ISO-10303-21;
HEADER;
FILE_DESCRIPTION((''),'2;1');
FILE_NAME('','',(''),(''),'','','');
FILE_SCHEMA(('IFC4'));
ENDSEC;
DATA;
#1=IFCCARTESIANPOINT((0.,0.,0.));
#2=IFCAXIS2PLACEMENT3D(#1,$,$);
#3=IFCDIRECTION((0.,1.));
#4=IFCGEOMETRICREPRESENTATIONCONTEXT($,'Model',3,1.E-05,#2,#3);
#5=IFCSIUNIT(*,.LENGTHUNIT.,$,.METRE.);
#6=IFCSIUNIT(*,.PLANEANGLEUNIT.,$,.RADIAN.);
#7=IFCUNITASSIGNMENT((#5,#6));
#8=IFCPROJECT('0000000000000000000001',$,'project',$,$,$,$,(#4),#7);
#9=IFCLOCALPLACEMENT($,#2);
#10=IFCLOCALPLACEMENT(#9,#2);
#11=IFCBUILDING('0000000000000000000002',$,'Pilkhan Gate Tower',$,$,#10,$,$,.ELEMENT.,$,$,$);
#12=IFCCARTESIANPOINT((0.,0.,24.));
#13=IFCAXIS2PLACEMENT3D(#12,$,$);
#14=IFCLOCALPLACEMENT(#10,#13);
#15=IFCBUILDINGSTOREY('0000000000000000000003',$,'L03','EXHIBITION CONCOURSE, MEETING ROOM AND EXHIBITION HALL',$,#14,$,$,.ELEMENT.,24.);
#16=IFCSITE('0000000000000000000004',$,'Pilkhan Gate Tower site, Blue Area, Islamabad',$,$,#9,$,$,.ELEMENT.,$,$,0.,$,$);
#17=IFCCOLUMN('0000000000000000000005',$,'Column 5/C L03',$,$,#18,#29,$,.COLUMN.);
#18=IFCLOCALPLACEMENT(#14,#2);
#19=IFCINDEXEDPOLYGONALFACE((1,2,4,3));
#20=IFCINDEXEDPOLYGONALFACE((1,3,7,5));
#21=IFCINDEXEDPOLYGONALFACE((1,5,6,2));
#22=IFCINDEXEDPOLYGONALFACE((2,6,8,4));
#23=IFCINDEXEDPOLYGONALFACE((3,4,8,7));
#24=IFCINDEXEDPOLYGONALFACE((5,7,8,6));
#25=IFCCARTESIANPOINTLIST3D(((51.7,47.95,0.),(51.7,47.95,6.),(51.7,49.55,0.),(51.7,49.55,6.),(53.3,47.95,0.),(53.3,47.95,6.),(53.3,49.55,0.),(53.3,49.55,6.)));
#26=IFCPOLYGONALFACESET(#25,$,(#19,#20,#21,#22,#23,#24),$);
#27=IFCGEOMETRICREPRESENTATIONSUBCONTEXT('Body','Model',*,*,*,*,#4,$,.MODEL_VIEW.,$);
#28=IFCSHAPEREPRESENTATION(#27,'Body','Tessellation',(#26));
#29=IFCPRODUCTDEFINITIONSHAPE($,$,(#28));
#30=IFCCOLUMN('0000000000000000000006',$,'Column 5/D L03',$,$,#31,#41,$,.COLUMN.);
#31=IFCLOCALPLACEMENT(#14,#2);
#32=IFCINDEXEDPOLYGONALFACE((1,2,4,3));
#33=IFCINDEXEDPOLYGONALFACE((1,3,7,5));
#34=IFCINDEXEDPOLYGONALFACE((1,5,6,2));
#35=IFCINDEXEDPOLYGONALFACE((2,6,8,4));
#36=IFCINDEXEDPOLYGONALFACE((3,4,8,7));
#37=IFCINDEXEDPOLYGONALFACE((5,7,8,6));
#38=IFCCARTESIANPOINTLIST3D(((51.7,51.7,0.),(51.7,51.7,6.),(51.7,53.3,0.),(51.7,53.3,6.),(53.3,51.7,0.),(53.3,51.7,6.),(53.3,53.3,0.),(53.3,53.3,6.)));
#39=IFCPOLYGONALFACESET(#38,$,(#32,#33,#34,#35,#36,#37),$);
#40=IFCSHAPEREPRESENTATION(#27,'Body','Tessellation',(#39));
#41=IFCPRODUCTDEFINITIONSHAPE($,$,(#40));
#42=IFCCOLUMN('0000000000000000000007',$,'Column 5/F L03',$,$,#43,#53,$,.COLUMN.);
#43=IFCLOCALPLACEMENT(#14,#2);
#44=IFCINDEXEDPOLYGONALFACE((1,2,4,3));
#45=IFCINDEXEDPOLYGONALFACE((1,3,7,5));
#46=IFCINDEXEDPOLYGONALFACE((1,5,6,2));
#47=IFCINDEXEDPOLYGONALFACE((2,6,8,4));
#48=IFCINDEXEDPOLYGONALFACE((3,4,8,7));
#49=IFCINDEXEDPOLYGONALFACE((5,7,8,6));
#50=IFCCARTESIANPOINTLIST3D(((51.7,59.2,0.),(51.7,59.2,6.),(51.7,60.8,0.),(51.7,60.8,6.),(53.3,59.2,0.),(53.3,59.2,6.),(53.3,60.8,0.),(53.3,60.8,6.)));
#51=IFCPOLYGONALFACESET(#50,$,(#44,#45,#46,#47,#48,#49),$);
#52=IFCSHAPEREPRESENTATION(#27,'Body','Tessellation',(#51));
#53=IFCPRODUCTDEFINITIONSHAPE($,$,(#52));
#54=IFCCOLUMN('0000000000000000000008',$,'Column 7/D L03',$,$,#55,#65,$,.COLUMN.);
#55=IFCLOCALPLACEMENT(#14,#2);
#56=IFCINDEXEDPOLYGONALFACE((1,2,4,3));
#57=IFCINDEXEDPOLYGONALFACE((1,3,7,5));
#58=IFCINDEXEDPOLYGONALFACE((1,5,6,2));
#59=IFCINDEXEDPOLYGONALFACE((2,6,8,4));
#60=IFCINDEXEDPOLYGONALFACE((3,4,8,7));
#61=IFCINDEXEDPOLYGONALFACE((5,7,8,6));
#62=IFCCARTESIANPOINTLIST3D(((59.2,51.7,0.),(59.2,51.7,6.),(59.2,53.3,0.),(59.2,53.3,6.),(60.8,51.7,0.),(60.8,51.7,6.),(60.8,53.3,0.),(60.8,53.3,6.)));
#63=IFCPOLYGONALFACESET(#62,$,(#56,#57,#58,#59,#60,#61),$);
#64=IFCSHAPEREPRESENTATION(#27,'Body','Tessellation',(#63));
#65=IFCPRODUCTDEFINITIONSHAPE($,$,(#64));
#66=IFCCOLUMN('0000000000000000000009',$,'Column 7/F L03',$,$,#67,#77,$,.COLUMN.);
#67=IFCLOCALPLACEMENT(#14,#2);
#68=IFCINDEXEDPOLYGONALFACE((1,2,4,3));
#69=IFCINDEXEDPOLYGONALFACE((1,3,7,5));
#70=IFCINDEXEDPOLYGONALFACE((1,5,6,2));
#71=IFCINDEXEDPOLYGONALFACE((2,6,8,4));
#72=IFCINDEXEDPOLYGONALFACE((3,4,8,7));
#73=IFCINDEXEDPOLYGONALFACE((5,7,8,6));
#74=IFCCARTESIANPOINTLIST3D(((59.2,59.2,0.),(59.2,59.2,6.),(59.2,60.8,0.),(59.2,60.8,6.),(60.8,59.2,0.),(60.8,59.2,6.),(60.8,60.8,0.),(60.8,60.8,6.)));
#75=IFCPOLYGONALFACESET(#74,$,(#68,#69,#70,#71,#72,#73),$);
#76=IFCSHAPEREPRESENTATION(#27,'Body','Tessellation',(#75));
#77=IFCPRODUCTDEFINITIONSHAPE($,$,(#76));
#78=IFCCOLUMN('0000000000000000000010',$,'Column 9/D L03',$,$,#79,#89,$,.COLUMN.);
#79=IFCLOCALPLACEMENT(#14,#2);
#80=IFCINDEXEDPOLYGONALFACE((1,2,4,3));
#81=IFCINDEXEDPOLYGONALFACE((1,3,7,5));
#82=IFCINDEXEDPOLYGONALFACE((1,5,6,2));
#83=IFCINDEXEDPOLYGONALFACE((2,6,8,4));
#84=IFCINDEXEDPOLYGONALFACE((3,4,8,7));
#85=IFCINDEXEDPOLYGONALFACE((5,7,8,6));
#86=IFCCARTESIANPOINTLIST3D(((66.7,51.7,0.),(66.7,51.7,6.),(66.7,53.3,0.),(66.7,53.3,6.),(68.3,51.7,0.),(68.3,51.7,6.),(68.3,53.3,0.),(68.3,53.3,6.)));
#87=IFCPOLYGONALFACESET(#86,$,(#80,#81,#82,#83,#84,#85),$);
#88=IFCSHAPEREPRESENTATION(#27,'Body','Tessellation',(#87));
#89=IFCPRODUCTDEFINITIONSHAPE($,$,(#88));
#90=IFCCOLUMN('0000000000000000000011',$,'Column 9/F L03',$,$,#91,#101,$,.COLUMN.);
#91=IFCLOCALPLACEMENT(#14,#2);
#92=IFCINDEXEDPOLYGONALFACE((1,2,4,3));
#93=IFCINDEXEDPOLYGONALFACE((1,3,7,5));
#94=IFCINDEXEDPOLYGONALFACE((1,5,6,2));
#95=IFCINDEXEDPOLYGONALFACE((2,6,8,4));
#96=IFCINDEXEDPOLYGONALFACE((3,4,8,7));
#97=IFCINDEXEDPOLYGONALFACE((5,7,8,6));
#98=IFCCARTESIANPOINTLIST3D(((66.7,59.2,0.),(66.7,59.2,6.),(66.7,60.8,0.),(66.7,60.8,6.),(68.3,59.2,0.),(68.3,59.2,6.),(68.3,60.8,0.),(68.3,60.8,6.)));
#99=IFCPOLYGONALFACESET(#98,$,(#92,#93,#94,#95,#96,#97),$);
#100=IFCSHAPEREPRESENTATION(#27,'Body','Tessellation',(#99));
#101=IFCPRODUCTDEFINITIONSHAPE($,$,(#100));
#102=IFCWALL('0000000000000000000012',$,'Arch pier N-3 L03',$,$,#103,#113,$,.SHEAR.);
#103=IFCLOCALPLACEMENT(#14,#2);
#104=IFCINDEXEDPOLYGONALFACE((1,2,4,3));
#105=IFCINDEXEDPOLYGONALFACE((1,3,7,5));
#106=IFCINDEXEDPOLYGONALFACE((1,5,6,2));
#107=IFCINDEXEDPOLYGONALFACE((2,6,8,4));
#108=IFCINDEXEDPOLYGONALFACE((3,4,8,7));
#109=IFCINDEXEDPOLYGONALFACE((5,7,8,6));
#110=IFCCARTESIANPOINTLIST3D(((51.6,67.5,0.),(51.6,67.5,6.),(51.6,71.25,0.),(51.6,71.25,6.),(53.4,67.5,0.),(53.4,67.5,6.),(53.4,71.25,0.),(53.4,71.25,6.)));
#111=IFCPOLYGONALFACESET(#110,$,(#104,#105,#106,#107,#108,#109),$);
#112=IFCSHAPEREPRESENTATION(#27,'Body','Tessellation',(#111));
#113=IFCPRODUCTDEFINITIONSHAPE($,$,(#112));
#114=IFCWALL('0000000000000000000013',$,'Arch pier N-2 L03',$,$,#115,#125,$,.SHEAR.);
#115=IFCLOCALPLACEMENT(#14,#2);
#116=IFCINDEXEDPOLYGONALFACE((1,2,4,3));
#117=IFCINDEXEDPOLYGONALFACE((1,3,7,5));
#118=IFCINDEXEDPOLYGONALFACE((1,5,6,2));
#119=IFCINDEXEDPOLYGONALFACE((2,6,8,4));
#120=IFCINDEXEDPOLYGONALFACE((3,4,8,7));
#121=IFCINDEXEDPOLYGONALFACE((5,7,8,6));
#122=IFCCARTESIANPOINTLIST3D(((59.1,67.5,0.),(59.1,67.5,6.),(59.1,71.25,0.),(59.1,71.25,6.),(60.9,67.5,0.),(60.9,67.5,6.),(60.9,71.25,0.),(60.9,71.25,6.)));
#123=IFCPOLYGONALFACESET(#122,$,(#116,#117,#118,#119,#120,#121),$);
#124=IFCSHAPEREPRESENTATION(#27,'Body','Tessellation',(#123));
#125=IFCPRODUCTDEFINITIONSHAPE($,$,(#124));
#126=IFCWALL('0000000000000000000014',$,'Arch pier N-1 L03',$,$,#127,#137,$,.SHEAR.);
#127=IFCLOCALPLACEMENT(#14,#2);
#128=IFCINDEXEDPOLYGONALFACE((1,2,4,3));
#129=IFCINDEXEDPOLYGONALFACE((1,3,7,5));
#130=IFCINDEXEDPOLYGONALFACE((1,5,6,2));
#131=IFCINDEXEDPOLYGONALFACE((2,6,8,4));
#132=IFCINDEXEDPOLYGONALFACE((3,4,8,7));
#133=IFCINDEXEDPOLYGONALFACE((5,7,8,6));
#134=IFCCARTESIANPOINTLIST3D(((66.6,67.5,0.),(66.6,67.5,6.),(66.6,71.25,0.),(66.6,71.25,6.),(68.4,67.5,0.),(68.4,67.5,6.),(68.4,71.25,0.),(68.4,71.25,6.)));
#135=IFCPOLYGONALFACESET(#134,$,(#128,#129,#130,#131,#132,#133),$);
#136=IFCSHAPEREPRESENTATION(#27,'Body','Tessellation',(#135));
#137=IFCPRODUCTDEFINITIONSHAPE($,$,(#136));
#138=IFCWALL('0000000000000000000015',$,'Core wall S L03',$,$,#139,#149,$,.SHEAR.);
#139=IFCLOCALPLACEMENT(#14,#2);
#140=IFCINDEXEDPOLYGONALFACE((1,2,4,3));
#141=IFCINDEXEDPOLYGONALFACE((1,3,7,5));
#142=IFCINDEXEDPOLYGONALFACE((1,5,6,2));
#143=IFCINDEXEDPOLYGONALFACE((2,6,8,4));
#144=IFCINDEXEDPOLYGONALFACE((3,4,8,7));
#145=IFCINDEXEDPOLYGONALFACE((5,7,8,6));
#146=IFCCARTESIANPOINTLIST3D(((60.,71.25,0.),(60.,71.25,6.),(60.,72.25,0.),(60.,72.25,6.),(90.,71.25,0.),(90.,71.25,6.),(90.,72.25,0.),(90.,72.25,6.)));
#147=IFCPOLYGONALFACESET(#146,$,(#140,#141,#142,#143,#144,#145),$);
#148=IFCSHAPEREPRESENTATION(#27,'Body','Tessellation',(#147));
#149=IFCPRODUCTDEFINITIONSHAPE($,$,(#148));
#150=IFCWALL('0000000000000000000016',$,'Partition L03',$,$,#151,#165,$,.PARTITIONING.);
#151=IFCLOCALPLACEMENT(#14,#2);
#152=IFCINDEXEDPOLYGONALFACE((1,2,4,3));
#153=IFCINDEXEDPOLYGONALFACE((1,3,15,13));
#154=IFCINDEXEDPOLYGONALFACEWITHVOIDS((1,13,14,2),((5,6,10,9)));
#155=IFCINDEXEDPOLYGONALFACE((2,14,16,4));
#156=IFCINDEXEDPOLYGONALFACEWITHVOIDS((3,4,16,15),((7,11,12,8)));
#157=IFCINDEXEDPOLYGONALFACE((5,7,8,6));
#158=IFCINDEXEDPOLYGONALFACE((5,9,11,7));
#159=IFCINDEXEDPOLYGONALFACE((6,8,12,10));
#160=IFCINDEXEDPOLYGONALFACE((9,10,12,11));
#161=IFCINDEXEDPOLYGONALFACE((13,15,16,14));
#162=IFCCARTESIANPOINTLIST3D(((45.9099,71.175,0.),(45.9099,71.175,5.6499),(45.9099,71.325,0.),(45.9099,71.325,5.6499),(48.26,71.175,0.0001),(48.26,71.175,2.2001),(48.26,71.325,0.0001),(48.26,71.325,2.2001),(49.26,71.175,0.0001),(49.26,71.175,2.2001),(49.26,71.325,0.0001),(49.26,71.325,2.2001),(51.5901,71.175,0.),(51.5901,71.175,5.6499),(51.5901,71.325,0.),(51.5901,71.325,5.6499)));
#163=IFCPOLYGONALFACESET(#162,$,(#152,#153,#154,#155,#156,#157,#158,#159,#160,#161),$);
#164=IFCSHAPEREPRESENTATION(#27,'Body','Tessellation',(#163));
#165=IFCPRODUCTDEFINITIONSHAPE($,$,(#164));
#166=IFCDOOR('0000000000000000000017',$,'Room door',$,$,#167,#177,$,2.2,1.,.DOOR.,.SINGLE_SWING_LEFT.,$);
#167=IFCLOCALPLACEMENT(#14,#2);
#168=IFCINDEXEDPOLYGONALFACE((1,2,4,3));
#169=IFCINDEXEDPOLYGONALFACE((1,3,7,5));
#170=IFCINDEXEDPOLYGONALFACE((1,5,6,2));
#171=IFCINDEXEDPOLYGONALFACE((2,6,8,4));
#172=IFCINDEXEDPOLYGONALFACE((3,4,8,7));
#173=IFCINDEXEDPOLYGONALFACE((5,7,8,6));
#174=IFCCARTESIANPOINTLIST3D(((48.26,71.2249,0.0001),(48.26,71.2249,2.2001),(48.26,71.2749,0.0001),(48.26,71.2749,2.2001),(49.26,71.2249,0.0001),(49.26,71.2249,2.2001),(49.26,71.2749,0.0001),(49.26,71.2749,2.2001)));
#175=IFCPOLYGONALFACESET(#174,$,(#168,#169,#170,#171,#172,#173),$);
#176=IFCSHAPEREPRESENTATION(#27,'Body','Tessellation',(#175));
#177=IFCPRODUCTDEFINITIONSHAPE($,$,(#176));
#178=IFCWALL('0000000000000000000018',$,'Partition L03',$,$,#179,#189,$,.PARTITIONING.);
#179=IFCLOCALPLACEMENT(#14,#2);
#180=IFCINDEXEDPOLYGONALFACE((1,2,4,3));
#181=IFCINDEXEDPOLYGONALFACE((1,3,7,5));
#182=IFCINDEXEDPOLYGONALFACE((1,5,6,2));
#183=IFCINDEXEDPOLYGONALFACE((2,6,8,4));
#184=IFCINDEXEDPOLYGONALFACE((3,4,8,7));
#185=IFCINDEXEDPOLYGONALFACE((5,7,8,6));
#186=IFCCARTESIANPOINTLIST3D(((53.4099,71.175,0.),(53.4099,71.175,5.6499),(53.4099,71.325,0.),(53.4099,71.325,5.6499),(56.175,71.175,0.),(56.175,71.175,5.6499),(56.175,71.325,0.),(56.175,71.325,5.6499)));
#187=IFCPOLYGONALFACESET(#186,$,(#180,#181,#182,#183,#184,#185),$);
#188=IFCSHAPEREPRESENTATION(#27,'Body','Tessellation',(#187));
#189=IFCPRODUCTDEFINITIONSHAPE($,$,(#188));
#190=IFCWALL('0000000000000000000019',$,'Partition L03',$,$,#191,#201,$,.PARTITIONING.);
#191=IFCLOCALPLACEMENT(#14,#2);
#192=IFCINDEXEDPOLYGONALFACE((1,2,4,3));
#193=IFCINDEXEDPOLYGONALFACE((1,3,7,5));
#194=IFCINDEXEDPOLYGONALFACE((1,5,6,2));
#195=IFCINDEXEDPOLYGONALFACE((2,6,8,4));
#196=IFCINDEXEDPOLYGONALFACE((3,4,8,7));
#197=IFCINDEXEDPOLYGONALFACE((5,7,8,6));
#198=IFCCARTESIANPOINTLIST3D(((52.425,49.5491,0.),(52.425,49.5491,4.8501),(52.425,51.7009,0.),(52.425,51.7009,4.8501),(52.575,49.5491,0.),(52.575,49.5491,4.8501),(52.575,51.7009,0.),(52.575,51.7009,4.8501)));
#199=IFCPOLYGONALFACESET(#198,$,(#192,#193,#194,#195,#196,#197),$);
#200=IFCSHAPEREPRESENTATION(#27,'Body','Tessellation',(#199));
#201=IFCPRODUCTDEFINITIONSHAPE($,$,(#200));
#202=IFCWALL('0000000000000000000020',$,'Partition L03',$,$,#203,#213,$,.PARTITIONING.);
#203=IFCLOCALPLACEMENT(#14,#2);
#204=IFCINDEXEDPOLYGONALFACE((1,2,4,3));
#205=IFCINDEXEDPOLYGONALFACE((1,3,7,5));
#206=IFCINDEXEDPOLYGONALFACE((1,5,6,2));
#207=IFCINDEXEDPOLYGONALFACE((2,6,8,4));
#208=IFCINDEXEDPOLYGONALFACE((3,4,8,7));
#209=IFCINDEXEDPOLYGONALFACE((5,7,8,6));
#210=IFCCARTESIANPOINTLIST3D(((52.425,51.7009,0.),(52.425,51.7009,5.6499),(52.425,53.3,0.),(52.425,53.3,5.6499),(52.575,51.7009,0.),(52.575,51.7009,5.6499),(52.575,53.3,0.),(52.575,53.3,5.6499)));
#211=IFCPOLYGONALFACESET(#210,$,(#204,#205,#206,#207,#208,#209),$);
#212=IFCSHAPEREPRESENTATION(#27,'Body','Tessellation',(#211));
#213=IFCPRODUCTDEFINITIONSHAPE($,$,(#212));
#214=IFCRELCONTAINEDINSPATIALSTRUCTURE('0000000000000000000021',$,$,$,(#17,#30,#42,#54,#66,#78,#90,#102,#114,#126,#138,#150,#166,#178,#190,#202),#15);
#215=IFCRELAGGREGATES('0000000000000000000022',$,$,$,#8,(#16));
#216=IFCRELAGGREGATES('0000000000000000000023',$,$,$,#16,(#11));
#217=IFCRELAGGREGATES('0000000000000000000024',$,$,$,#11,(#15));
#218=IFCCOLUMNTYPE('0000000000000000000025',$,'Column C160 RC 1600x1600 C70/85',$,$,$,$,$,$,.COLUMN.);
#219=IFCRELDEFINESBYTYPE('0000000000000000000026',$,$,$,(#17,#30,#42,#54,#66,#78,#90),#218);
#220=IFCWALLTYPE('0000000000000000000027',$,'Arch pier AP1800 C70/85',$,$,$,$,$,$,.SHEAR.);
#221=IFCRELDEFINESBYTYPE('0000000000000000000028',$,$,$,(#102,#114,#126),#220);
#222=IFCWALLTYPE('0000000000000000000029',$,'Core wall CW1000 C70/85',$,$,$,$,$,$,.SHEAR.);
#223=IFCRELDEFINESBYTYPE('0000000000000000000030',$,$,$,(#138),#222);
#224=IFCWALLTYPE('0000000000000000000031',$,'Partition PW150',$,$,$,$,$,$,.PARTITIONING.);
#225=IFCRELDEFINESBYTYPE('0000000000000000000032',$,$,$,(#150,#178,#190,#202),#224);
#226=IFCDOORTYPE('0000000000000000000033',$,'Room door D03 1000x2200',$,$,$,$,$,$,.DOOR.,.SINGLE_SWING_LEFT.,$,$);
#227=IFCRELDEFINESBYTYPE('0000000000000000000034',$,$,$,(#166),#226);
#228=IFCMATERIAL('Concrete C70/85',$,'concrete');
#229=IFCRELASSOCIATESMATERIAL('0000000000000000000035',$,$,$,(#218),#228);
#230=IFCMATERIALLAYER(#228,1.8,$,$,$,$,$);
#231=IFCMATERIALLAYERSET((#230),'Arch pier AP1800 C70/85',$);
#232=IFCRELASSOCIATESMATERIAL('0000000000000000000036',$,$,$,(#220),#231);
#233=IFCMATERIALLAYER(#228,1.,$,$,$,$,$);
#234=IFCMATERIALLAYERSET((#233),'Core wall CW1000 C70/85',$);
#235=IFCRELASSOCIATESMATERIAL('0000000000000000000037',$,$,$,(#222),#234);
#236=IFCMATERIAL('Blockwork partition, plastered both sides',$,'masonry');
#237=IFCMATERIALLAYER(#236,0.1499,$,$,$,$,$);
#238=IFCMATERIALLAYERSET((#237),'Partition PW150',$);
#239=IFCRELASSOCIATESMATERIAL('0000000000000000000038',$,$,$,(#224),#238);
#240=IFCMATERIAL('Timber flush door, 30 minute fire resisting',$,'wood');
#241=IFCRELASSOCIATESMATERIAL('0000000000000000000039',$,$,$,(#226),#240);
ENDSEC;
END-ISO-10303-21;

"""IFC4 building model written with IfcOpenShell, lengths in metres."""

from ifc_helpers import new_model, si_unit, direction, frame, frame_2d, origin, origin_2d, place, context, subcontext, project, spatial, rectangle, extrude, material, layer, layer_set, material_profile, profile_set, type_object, element, fill, save


model = new_model("IFC4")

# Units and contexts
model_context = context("Model", 3, precision=1e-05, world=origin(), true_north=direction((0.0, 1.0)))
body_context = subcontext(model_context, "Body", "Model", "MODEL_VIEW")
ifc_project = project(units=[si_unit("LENGTHUNIT", "METRE"), si_unit("PLANEANGLEUNIT", "RADIAN")], contexts=[model_context])

# Site, building, storey
site_placement = place(None, origin())
site = spatial("IfcSite", under=ifc_project, at=site_placement, Name="Pilkhan Gate Tower site, Blue Area, Islamabad", CompositionType="ELEMENT", RefElevation=0.0)
building_placement = place(site_placement, origin())
building = spatial("IfcBuilding", under=site, at=building_placement, Name="Pilkhan Gate Tower", CompositionType="ELEMENT")
storey_placement = place(building_placement, frame((0.0, 0.0, 24.0)))
storey = spatial("IfcBuildingStorey", under=building, at=storey_placement, Name="L03", Description="EXHIBITION CONCOURSE, MEETING ROOM AND EXHIBITION HALL", CompositionType="ELEMENT", Elevation=24.0)

# Columns
ifc_material_1 = material(Name="Concrete C70/85", Category="concrete")
ifc_material_profile = material_profile(ifc_material_1, rectangle(XDim=1.6001, YDim=1.6001, at=origin_2d()), Name="RC 1600x1600")
ifc_profile_set = profile_set([ifc_material_profile], Name="Concrete C70/85")
column_type = type_object("IfcColumnType", Name="Column C160 RC 1600x1600 C70/85", PredefinedType="COLUMN", material=ifc_profile_set)
for number, where, z_axis, x_axis, name in (
    (1, (52.5, 48.75, 0.0), (0.0, 0.0, 1.0), (1.0, 0.0, 0.0), "Column 5/C L03"),
    (2, (52.5, 52.5, 0.0), (0.0, 0.0, 1.0), (1.0, 0.0, 0.0), "Column 5/D L03"),
    (3, (52.5, 60.0, 0.0), (0.0, 0.0, 1.0), (1.0, 0.0, 0.0), "Column 5/F L03"),
    (4, (60.0, 52.5, 0.0), (0.0, 0.0, 1.0), (1.0, 0.0, 0.0), "Column 7/D L03"),
    (5, (60.0, 60.0, 0.0), (0.0, 0.0, 1.0), (1.0, 0.0, 0.0), "Column 7/F L03"),
    (6, (67.5, 52.5, 0.0), (0.0, 0.0, 1.0), (1.0, 0.0, 0.0), "Column 9/D L03"),
    (7, (67.5, 60.0, 0.0), (0.0, 0.0, 1.0), (1.0, 0.0, 0.0), "Column 9/F L03"),
):
    element("IfcColumn", number, at=place(storey_placement, frame(where, z_axis=z_axis, x_axis=x_axis)), inside=storey, type_object=column_type, Name=name, PredefinedType="COLUMN", context=body_context, shape_type="SweptSolid", body=[
        extrude(rectangle(XDim=1.6001, YDim=1.6001, at=origin_2d()), origin(), (0.0, 0.0, 1.0), 6.0),
    ])

# Walls
ifc_layer_1 = layer(ifc_material_1, 1.8)
ifc_layer_set_1 = layer_set([ifc_layer_1], Name="Arch pier AP1800 C70/85")
wall_type_1 = type_object("IfcWallType", Name="Arch pier AP1800 C70/85", PredefinedType="SHEAR", material=ifc_layer_set_1)
for number, where, z_axis, x_axis, name in (
    (8, (52.5, 67.5, 0.0), (0.0, 0.0, 1.0), (0.0, 1.0, 0.0), "Arch pier N-3 L03"),
    (9, (60.0, 67.5, 0.0), (0.0, 0.0, 1.0), (0.0, 1.0, 0.0), "Arch pier N-2 L03"),
    (10, (67.5, 67.5, 0.0), (0.0, 0.0, 1.0), (0.0, 1.0, 0.0), "Arch pier N-1 L03"),
):
    element("IfcWall", number, at=place(storey_placement, frame(where, z_axis=z_axis, x_axis=x_axis)), inside=storey, type_object=wall_type_1, Name=name, PredefinedType="SHEAR", context=body_context, shape_type="SweptSolid", body=[
        extrude(rectangle(XDim=3.75, YDim=1.8, at=frame_2d((1.875, 0.0))), origin(), (0.0, 0.0, 1.0), 6.0),
    ])
ifc_layer_2 = layer(ifc_material_1, 1.0)
ifc_layer_set_2 = layer_set([ifc_layer_2], Name="Core wall CW1000 C70/85")
wall_type_2 = type_object("IfcWallType", Name="Core wall CW1000 C70/85", PredefinedType="SHEAR", material=ifc_layer_set_2)
wall_1_placement = place(storey_placement, frame((60.0, 71.75, 0.0), z_axis=(0.0, 0.0, 1.0), x_axis=(1.0, 0.0, 0.0)))
element("IfcWall", 11, at=wall_1_placement, inside=storey, type_object=wall_type_2, Name="Core wall S L03", PredefinedType="SHEAR", context=body_context, shape_type="SweptSolid", body=[
    extrude(rectangle(XDim=30.0, YDim=1.0, at=frame_2d((15.0, 0.0))), origin(), (0.0, 0.0, 1.0), 6.0),
])

# Wall, opening, door
ifc_material_2 = material(Name="Blockwork partition, plastered both sides", Category="masonry")
ifc_layer_3 = layer(ifc_material_2, 0.1499)
ifc_layer_set_3 = layer_set([ifc_layer_3], Name="Partition PW150")
wall_type_3 = type_object("IfcWallType", Name="Partition PW150", PredefinedType="PARTITIONING", material=ifc_layer_set_3)
wall_2_placement = place(storey_placement, frame((45.9099, 71.25, 0.0), z_axis=(0.0, 0.0, 1.0), x_axis=(1.0, 0.0, 0.0)))
wall_2 = element("IfcWall", 12, at=wall_2_placement, inside=storey, type_object=wall_type_3, Name="Partition L03", PredefinedType="PARTITIONING", context=body_context, shape_type="SweptSolid", body=[
    extrude(rectangle(XDim=5.6802, YDim=0.1499, at=frame_2d((2.8401, 0.0))), origin(), (0.0, 0.0, 1.0), 5.6499),
])
opening_placement = place(wall_2_placement, frame((2.3501, 0.0, 0.0)))
opening = element("IfcOpeningElement", 13, at=opening_placement, cuts=wall_2, PredefinedType="OPENING", context=body_context, shape_type="SweptSolid", body=[
    extrude(rectangle(XDim=1.0, YDim=2.2, at=frame_2d((0.5, 1.1001))), frame((0.0, 0.085, 0.0), z_axis=(0.0, -1.0, 0.0), x_axis=(1.0, 0.0, 0.0)), (0.0, 0.0, 1.0), 0.1699),
])
ifc_material_3 = material(Name="Timber flush door, 30 minute fire resisting", Category="wood")
door_type = type_object("IfcDoorType", Name="Room door D03 1000x2200", OperationType="SINGLE_SWING_LEFT", PredefinedType="DOOR", material=ifc_material_3)
door_placement = place(opening_placement, origin())
door = element("IfcDoor", 14, at=door_placement, inside=storey, type_object=door_type, Name="Room door", OperationType="SINGLE_SWING_LEFT", OverallHeight=2.2, OverallWidth=1.0, PredefinedType="DOOR", context=body_context, shape_type="SweptSolid", body=[
    extrude(rectangle(XDim=1.0, YDim=2.2, at=frame_2d((0.5, 1.1001))), frame((0.0, 0.0249, 0.0), z_axis=(0.0, -1.0, 0.0), x_axis=(1.0, 0.0, 0.0)), (0.0, 0.0, 1.0), 0.05),
])
fill(opening, door)

# Walls
wall_3_placement = place(storey_placement, frame((53.4099, 71.25, 0.0), z_axis=(0.0, 0.0, 1.0), x_axis=(1.0, 0.0, 0.0)))
element("IfcWall", 15, at=wall_3_placement, inside=storey, type_object=wall_type_3, Name="Partition L03", PredefinedType="PARTITIONING", context=body_context, shape_type="SweptSolid", body=[
    extrude(rectangle(XDim=2.7651, YDim=0.1499, at=frame_2d((1.3826, 0.0))), origin(), (0.0, 0.0, 1.0), 5.6499),
])
wall_4_placement = place(storey_placement, frame((52.5, 49.5491, 0.0), z_axis=(0.0, 0.0, 1.0), x_axis=(0.0, 1.0, 0.0)))
element("IfcWall", 16, at=wall_4_placement, inside=storey, type_object=wall_type_3, Name="Partition L03", PredefinedType="PARTITIONING", context=body_context, shape_type="SweptSolid", body=[
    extrude(rectangle(XDim=2.1519, YDim=0.1499, at=frame_2d((1.0759, 0.0))), origin(), (0.0, 0.0, 1.0), 4.8501),
])
wall_5_placement = place(storey_placement, frame((52.5, 51.7009, 0.0), z_axis=(0.0, 0.0, 1.0), x_axis=(0.0, 1.0, 0.0)))
element("IfcWall", 17, at=wall_5_placement, inside=storey, type_object=wall_type_3, Name="Partition L03", PredefinedType="PARTITIONING", context=body_context, shape_type="SweptSolid", body=[
    extrude(rectangle(XDim=1.5991, YDim=0.1499, at=frame_2d((0.7996, 0.0))), origin(), (0.0, 0.0, 1.0), 5.6499),
])

save(model, "model.ifc")
